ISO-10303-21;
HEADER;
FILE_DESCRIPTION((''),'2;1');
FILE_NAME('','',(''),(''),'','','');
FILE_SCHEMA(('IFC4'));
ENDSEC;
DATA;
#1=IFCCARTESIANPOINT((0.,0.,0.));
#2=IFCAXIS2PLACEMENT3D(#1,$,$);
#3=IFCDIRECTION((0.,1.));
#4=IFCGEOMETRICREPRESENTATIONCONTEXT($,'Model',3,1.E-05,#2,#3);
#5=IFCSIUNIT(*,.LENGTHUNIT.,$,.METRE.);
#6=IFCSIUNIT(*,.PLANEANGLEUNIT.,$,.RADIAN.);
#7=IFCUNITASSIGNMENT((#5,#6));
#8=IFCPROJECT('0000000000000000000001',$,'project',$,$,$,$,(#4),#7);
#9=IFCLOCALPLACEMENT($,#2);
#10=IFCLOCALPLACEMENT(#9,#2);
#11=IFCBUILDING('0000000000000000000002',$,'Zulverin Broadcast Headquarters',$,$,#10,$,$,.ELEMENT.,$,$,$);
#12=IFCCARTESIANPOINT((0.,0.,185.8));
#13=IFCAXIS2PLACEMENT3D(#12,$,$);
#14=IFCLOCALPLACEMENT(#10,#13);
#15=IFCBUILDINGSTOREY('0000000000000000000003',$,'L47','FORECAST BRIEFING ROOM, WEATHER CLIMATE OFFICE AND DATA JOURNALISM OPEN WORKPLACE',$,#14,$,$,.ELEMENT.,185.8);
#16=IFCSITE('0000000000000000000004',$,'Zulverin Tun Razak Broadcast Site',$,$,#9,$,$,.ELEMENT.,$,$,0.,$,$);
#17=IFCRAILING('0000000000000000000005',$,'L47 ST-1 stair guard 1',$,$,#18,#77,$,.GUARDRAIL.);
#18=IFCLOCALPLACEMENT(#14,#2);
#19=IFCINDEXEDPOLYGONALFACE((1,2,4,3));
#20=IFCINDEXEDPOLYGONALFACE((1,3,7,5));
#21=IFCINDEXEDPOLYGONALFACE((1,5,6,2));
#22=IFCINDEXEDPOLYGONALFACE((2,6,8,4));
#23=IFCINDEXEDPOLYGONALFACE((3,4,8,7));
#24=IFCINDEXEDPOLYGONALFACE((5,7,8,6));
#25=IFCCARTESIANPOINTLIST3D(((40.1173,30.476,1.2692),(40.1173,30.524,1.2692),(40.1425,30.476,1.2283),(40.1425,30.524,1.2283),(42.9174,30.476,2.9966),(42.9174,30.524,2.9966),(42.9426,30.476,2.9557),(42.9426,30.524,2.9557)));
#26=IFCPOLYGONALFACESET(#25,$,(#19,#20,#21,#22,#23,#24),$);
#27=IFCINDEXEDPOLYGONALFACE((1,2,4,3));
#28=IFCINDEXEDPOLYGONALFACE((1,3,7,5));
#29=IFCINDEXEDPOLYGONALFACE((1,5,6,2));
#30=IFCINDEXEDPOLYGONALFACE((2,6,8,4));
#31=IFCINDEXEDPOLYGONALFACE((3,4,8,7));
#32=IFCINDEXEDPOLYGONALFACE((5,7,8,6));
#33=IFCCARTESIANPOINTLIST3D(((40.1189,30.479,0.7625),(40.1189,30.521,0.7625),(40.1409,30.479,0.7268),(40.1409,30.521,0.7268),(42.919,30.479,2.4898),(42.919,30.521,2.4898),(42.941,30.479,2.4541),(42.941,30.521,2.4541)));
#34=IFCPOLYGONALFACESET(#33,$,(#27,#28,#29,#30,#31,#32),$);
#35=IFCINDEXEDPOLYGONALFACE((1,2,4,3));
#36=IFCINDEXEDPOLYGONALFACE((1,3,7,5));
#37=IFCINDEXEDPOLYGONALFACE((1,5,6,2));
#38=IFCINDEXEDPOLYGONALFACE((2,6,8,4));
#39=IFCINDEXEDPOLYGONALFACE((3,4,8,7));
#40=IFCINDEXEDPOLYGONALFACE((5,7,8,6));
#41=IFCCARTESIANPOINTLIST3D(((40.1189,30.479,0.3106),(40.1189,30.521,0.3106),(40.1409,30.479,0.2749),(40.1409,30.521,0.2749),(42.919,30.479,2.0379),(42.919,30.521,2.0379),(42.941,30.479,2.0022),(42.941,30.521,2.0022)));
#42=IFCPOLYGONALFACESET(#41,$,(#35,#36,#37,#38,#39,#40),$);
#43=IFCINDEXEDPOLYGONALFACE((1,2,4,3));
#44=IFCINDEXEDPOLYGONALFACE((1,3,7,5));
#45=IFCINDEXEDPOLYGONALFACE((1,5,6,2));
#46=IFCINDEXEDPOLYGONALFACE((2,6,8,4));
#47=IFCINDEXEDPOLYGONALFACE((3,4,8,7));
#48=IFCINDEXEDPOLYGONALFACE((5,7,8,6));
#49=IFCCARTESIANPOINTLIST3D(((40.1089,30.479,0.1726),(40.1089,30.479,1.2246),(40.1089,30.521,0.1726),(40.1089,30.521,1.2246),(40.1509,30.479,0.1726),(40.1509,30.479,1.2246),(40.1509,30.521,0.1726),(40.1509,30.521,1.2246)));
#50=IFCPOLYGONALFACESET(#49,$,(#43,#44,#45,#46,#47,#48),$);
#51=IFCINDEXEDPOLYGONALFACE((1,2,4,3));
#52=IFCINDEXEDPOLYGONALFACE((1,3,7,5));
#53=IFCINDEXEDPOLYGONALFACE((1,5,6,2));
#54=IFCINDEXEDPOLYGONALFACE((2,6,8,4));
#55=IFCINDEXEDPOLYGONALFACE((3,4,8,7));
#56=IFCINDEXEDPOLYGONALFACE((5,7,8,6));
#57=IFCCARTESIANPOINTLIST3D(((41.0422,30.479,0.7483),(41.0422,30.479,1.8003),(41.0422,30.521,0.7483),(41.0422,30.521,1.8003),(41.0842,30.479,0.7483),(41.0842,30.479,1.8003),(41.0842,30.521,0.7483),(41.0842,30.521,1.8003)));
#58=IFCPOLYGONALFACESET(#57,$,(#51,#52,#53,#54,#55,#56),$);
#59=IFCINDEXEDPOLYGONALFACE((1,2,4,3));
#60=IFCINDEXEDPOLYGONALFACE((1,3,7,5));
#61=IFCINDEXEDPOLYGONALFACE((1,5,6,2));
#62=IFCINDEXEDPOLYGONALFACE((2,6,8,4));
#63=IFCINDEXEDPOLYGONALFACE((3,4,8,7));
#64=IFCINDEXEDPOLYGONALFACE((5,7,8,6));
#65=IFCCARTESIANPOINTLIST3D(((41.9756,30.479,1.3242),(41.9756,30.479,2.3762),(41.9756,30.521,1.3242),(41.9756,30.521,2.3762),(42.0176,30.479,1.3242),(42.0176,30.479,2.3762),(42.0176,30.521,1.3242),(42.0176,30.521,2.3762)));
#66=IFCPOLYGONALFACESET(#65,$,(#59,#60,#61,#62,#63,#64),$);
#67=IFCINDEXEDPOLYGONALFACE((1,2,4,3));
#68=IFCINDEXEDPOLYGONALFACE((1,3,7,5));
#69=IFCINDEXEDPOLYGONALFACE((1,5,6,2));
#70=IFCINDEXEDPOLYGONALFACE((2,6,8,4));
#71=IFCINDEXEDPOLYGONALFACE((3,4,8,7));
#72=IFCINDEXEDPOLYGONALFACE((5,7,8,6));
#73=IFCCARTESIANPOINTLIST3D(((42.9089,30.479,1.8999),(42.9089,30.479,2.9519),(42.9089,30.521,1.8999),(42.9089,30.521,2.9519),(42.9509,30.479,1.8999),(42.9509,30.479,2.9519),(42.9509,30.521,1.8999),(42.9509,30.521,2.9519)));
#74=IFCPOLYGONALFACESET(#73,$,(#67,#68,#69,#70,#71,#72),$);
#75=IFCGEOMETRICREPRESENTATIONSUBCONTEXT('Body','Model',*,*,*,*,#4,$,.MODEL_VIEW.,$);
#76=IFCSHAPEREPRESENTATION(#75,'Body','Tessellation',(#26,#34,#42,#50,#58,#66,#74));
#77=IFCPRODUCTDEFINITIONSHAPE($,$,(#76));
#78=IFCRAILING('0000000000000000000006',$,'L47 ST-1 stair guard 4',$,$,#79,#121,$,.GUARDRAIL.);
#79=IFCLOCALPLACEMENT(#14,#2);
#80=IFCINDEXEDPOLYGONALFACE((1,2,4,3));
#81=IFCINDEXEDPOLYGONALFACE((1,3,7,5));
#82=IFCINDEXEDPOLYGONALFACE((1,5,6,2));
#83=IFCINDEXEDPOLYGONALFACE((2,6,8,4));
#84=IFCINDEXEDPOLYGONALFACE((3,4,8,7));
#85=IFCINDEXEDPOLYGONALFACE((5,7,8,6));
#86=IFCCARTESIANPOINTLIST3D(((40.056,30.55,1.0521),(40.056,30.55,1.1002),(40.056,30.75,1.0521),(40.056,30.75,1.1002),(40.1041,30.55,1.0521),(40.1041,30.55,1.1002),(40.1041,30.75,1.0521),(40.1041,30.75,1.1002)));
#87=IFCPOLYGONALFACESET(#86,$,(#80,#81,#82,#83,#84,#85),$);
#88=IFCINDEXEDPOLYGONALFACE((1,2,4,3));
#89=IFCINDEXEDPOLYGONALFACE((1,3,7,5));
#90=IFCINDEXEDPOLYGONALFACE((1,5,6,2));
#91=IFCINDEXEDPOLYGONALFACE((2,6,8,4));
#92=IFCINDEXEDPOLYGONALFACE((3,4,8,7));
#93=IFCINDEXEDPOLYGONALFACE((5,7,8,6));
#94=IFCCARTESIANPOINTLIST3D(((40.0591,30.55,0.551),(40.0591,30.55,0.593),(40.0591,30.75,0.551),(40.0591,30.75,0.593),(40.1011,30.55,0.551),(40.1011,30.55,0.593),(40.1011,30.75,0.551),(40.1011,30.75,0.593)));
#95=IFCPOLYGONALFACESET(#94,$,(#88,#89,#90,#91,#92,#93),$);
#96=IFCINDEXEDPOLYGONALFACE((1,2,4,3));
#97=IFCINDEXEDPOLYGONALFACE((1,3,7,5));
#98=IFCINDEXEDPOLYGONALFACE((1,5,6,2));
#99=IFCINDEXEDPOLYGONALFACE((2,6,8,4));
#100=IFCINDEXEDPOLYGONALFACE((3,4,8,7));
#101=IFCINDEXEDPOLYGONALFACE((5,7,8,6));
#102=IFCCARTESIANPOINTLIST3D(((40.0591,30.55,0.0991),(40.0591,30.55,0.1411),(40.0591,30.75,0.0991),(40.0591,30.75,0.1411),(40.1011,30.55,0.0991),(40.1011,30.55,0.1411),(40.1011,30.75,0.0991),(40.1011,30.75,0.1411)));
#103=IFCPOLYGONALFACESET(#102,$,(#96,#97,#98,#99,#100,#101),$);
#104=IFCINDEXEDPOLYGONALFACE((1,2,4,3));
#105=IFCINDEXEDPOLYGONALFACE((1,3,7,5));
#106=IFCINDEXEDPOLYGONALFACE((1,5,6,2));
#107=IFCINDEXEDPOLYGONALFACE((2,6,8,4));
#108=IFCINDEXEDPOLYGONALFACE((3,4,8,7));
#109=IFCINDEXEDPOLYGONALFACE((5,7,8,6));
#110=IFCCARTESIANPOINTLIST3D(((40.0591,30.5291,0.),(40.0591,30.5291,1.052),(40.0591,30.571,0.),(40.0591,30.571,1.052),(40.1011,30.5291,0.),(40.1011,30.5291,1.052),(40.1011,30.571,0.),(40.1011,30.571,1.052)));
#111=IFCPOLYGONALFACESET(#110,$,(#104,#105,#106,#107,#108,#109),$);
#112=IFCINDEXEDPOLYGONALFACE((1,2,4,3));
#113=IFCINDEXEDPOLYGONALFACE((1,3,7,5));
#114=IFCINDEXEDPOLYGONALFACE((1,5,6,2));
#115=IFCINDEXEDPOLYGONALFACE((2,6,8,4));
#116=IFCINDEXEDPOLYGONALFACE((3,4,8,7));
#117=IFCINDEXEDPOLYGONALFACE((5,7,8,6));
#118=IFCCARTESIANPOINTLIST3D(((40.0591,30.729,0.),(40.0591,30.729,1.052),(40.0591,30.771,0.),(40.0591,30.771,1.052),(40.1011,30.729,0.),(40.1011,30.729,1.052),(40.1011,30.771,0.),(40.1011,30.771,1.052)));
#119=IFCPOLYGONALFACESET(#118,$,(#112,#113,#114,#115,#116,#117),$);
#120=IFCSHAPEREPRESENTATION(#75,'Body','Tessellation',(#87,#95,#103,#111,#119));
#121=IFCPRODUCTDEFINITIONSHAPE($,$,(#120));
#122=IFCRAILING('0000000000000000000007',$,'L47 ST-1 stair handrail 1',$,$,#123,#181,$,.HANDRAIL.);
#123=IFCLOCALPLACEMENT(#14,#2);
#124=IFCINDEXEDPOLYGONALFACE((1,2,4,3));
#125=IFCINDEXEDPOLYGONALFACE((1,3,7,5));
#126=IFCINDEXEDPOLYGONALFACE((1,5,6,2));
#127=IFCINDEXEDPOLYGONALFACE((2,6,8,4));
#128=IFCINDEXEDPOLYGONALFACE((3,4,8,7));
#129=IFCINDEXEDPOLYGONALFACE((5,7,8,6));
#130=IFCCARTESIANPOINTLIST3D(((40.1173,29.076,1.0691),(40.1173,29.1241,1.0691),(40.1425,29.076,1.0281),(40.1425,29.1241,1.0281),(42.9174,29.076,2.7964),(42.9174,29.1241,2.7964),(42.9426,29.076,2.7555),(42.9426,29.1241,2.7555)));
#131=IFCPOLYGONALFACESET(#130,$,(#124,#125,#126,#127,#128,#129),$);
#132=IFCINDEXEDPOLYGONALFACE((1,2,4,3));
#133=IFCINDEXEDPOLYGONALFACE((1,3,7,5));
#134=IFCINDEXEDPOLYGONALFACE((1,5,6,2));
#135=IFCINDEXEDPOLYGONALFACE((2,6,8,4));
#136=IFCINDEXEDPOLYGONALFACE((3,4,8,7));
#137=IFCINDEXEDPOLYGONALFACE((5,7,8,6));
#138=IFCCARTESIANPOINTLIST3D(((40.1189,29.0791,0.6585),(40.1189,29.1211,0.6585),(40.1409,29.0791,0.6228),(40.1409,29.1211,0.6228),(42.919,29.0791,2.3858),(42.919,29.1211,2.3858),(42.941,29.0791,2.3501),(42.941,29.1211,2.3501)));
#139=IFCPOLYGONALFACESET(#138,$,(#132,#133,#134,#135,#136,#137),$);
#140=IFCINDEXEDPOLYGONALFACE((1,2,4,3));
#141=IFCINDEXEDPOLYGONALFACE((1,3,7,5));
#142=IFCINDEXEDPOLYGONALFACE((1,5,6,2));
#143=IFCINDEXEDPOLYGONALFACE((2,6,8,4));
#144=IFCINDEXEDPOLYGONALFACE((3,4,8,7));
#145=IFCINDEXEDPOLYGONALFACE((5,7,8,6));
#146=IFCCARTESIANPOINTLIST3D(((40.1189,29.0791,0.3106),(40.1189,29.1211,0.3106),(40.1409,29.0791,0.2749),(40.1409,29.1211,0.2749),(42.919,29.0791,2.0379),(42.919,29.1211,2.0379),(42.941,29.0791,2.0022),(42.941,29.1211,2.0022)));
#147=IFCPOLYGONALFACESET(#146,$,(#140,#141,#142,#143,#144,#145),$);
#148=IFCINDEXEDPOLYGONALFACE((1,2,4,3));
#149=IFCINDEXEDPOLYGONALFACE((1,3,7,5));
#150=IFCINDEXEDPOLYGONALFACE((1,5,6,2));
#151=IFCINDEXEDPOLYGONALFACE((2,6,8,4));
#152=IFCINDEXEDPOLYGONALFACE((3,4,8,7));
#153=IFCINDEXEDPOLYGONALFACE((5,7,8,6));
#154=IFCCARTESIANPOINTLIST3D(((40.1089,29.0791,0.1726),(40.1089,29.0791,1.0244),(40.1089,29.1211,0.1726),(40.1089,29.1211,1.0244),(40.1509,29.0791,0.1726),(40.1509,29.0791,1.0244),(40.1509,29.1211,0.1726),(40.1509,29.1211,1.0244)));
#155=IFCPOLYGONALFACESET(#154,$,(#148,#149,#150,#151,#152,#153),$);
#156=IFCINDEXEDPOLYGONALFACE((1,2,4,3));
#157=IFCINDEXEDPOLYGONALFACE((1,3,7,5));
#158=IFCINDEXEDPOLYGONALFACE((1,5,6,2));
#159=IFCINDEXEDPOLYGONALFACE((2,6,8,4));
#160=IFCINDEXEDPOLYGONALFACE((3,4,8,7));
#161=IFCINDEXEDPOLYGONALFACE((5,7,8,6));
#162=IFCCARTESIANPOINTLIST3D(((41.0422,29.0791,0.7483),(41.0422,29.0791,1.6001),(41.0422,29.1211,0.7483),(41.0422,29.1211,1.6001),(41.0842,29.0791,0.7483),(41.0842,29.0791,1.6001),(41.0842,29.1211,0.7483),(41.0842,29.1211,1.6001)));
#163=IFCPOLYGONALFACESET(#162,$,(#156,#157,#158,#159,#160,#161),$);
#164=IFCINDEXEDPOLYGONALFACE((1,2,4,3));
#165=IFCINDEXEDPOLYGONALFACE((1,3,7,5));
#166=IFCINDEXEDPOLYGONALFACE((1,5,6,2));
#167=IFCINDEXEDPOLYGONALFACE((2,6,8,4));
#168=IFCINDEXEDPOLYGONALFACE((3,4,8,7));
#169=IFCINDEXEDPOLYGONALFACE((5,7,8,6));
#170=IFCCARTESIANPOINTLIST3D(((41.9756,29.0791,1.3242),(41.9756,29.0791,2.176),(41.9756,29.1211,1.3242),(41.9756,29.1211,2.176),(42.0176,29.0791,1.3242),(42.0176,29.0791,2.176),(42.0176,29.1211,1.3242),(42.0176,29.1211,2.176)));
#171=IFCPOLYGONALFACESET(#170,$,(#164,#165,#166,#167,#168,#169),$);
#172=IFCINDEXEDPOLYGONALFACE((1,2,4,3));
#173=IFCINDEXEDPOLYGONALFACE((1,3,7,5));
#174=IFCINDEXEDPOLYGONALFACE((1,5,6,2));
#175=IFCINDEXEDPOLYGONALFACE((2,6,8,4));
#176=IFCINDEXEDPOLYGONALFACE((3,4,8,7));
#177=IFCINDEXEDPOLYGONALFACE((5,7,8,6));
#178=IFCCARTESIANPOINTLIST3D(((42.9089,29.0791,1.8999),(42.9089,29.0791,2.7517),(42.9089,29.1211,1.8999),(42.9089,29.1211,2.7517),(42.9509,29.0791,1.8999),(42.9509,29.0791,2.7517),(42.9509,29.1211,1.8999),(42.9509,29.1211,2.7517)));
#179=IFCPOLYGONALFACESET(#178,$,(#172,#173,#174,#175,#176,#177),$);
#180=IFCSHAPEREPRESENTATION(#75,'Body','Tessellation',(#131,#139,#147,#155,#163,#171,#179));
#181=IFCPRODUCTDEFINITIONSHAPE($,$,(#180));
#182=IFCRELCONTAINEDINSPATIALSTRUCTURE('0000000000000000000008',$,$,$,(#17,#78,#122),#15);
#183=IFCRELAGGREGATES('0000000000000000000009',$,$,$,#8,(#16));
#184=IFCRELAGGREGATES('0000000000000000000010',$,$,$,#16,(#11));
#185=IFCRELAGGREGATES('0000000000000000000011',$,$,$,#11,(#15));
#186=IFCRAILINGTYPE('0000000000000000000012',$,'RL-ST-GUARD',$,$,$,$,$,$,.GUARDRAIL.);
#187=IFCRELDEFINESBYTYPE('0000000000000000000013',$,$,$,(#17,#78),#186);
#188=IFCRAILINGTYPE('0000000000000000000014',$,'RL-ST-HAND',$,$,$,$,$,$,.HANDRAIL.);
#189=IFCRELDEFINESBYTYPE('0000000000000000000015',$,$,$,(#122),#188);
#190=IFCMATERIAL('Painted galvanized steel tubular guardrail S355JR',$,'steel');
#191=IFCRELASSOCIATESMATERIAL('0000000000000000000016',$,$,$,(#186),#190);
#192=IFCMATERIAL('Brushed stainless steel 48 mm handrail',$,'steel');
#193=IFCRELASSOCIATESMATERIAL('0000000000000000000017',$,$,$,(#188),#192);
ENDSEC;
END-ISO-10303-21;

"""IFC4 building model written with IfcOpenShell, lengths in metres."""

from ifc_helpers import new_model, si_unit, direction, frame, origin, origin_2d, place, context, subcontext, project, spatial, rectangle, extrude, material, type_object, element, save


model = new_model("IFC4")

# Units and contexts
model_context = context("Model", 3, precision=1e-05, world=origin(), true_north=direction((0.0, 1.0)))
body_context = subcontext(model_context, "Body", "Model", "MODEL_VIEW")
ifc_project = project(units=[si_unit("LENGTHUNIT", "METRE"), si_unit("PLANEANGLEUNIT", "RADIAN")], contexts=[model_context])

# Site, building, storey
site_placement = place(None, origin())
site = spatial("IfcSite", under=ifc_project, at=site_placement, Name="Zulverin Tun Razak Broadcast Site", CompositionType="ELEMENT", RefElevation=0.0)
building_placement = place(site_placement, origin())
building = spatial("IfcBuilding", under=site, at=building_placement, Name="Zulverin Broadcast Headquarters", CompositionType="ELEMENT")
storey_placement = place(building_placement, frame((0.0, 0.0, 185.8)))
storey = spatial("IfcBuildingStorey", under=building, at=storey_placement, Name="L47", Description="FORECAST BRIEFING ROOM, WEATHER CLIMATE OFFICE AND DATA JOURNALISM OPEN WORKPLACE", CompositionType="ELEMENT", Elevation=185.8)

# Railings
ifc_material_1 = material(Name="Painted galvanized steel tubular guardrail S355JR", Category="steel")
railing_type_1 = type_object("IfcRailingType", Name="RL-ST-GUARD", PredefinedType="GUARDRAIL", material=ifc_material_1)
railing_1_placement = place(storey_placement, frame((40.1299, 30.5, 0.1726)))
element("IfcRailing", 1, at=railing_1_placement, inside=storey, type_object=railing_type_1, Name="L47 ST-1 stair guard 1", PredefinedType="GUARDRAIL", context=body_context, shape_type="SweptSolid", body=[
    extrude(rectangle(XDim=0.0481, YDim=0.0481, at=origin_2d()), frame((0.0, 0.0, 1.0762), z_axis=(0.85109, 0.0, 0.52502), x_axis=(0.0, 1.0, 0.0)), (0.0, 0.0, 1.0), 3.29),
    extrude(rectangle(XDim=0.042, YDim=0.042, at=origin_2d()), frame((0.0, 0.0, 0.572), z_axis=(0.85109, 0.0, 0.52502), x_axis=(0.0, 1.0, 0.0)), (0.0, 0.0, 1.0), 3.29),
    extrude(rectangle(XDim=0.042, YDim=0.042, at=origin_2d()), frame((0.0, 0.0, 0.1201), z_axis=(0.85109, 0.0, 0.52502), x_axis=(0.0, 1.0, 0.0)), (0.0, 0.0, 1.0), 3.29),
    extrude(rectangle(XDim=0.042, YDim=0.042, at=origin_2d()), origin(), (0.0, 0.0, 1.0), 1.052),
    extrude(rectangle(XDim=0.042, YDim=0.042, at=origin_2d()), frame((0.9333, 0.0, 0.5757)), (0.0, 0.0, 1.0), 1.052),
    extrude(rectangle(XDim=0.042, YDim=0.042, at=origin_2d()), frame((1.8667, 0.0, 1.1516)), (0.0, 0.0, 1.0), 1.052),
    extrude(rectangle(XDim=0.042, YDim=0.042, at=origin_2d()), frame((2.8, 0.0, 1.7273)), (0.0, 0.0, 1.0), 1.052),
])
railing_2_placement = place(storey_placement, frame((40.0801, 30.55, 0.0)))
element("IfcRailing", 2, at=railing_2_placement, inside=storey, type_object=railing_type_1, Name="L47 ST-1 stair guard 4", PredefinedType="GUARDRAIL", context=body_context, shape_type="SweptSolid", body=[
    extrude(rectangle(XDim=0.0481, YDim=0.0481, at=origin_2d()), frame((0.0, 0.0, 1.0762), z_axis=(0.0, 1.0, 0.0), x_axis=(-1.0, 0.0, 0.0)), (0.0, 0.0, 1.0), 0.2),
    extrude(rectangle(XDim=0.042, YDim=0.042, at=origin_2d()), frame((0.0, 0.0, 0.572), z_axis=(0.0, 1.0, 0.0), x_axis=(-1.0, 0.0, 0.0)), (0.0, 0.0, 1.0), 0.2),
    extrude(rectangle(XDim=0.042, YDim=0.042, at=origin_2d()), frame((0.0, 0.0, 0.1201), z_axis=(0.0, 1.0, 0.0), x_axis=(-1.0, 0.0, 0.0)), (0.0, 0.0, 1.0), 0.2),
    extrude(rectangle(XDim=0.042, YDim=0.042, at=origin_2d()), origin(), (0.0, 0.0, 1.0), 1.052),
    extrude(rectangle(XDim=0.042, YDim=0.042, at=origin_2d()), frame((0.0, 0.2, 0.0)), (0.0, 0.0, 1.0), 1.052),
])
ifc_material_2 = material(Name="Brushed stainless steel 48 mm handrail", Category="steel")
railing_type_2 = type_object("IfcRailingType", Name="RL-ST-HAND", PredefinedType="HANDRAIL", material=ifc_material_2)
railing_3_placement = place(storey_placement, frame((40.1299, 29.1001, 0.1726)))
element("IfcRailing", 3, at=railing_3_placement, inside=storey, type_object=railing_type_2, Name="L47 ST-1 stair handrail 1", PredefinedType="HANDRAIL", context=body_context, shape_type="SweptSolid", body=[
    extrude(rectangle(XDim=0.0481, YDim=0.0481, at=origin_2d()), frame((0.0, 0.0, 0.876), z_axis=(0.85109, 0.0, 0.52502), x_axis=(0.0, 1.0, 0.0)), (0.0, 0.0, 1.0), 3.29),
    extrude(rectangle(XDim=0.042, YDim=0.042, at=origin_2d()), frame((0.0, 0.0, 0.468), z_axis=(0.85109, 0.0, 0.52502), x_axis=(0.0, 1.0, 0.0)), (0.0, 0.0, 1.0), 3.29),
    extrude(rectangle(XDim=0.042, YDim=0.042, at=origin_2d()), frame((0.0, 0.0, 0.1201), z_axis=(0.85109, 0.0, 0.52502), x_axis=(0.0, 1.0, 0.0)), (0.0, 0.0, 1.0), 3.29),
    extrude(rectangle(XDim=0.042, YDim=0.042, at=origin_2d()), origin(), (0.0, 0.0, 1.0), 0.8518),
    extrude(rectangle(XDim=0.042, YDim=0.042, at=origin_2d()), frame((0.9333, 0.0, 0.5757)), (0.0, 0.0, 1.0), 0.8518),
    extrude(rectangle(XDim=0.042, YDim=0.042, at=origin_2d()), frame((1.8667, 0.0, 1.1516)), (0.0, 0.0, 1.0), 0.8518),
    extrude(rectangle(XDim=0.042, YDim=0.042, at=origin_2d()), frame((2.8, 0.0, 1.7273)), (0.0, 0.0, 1.0), 0.8518),
])

save(model, "model.ifc")
